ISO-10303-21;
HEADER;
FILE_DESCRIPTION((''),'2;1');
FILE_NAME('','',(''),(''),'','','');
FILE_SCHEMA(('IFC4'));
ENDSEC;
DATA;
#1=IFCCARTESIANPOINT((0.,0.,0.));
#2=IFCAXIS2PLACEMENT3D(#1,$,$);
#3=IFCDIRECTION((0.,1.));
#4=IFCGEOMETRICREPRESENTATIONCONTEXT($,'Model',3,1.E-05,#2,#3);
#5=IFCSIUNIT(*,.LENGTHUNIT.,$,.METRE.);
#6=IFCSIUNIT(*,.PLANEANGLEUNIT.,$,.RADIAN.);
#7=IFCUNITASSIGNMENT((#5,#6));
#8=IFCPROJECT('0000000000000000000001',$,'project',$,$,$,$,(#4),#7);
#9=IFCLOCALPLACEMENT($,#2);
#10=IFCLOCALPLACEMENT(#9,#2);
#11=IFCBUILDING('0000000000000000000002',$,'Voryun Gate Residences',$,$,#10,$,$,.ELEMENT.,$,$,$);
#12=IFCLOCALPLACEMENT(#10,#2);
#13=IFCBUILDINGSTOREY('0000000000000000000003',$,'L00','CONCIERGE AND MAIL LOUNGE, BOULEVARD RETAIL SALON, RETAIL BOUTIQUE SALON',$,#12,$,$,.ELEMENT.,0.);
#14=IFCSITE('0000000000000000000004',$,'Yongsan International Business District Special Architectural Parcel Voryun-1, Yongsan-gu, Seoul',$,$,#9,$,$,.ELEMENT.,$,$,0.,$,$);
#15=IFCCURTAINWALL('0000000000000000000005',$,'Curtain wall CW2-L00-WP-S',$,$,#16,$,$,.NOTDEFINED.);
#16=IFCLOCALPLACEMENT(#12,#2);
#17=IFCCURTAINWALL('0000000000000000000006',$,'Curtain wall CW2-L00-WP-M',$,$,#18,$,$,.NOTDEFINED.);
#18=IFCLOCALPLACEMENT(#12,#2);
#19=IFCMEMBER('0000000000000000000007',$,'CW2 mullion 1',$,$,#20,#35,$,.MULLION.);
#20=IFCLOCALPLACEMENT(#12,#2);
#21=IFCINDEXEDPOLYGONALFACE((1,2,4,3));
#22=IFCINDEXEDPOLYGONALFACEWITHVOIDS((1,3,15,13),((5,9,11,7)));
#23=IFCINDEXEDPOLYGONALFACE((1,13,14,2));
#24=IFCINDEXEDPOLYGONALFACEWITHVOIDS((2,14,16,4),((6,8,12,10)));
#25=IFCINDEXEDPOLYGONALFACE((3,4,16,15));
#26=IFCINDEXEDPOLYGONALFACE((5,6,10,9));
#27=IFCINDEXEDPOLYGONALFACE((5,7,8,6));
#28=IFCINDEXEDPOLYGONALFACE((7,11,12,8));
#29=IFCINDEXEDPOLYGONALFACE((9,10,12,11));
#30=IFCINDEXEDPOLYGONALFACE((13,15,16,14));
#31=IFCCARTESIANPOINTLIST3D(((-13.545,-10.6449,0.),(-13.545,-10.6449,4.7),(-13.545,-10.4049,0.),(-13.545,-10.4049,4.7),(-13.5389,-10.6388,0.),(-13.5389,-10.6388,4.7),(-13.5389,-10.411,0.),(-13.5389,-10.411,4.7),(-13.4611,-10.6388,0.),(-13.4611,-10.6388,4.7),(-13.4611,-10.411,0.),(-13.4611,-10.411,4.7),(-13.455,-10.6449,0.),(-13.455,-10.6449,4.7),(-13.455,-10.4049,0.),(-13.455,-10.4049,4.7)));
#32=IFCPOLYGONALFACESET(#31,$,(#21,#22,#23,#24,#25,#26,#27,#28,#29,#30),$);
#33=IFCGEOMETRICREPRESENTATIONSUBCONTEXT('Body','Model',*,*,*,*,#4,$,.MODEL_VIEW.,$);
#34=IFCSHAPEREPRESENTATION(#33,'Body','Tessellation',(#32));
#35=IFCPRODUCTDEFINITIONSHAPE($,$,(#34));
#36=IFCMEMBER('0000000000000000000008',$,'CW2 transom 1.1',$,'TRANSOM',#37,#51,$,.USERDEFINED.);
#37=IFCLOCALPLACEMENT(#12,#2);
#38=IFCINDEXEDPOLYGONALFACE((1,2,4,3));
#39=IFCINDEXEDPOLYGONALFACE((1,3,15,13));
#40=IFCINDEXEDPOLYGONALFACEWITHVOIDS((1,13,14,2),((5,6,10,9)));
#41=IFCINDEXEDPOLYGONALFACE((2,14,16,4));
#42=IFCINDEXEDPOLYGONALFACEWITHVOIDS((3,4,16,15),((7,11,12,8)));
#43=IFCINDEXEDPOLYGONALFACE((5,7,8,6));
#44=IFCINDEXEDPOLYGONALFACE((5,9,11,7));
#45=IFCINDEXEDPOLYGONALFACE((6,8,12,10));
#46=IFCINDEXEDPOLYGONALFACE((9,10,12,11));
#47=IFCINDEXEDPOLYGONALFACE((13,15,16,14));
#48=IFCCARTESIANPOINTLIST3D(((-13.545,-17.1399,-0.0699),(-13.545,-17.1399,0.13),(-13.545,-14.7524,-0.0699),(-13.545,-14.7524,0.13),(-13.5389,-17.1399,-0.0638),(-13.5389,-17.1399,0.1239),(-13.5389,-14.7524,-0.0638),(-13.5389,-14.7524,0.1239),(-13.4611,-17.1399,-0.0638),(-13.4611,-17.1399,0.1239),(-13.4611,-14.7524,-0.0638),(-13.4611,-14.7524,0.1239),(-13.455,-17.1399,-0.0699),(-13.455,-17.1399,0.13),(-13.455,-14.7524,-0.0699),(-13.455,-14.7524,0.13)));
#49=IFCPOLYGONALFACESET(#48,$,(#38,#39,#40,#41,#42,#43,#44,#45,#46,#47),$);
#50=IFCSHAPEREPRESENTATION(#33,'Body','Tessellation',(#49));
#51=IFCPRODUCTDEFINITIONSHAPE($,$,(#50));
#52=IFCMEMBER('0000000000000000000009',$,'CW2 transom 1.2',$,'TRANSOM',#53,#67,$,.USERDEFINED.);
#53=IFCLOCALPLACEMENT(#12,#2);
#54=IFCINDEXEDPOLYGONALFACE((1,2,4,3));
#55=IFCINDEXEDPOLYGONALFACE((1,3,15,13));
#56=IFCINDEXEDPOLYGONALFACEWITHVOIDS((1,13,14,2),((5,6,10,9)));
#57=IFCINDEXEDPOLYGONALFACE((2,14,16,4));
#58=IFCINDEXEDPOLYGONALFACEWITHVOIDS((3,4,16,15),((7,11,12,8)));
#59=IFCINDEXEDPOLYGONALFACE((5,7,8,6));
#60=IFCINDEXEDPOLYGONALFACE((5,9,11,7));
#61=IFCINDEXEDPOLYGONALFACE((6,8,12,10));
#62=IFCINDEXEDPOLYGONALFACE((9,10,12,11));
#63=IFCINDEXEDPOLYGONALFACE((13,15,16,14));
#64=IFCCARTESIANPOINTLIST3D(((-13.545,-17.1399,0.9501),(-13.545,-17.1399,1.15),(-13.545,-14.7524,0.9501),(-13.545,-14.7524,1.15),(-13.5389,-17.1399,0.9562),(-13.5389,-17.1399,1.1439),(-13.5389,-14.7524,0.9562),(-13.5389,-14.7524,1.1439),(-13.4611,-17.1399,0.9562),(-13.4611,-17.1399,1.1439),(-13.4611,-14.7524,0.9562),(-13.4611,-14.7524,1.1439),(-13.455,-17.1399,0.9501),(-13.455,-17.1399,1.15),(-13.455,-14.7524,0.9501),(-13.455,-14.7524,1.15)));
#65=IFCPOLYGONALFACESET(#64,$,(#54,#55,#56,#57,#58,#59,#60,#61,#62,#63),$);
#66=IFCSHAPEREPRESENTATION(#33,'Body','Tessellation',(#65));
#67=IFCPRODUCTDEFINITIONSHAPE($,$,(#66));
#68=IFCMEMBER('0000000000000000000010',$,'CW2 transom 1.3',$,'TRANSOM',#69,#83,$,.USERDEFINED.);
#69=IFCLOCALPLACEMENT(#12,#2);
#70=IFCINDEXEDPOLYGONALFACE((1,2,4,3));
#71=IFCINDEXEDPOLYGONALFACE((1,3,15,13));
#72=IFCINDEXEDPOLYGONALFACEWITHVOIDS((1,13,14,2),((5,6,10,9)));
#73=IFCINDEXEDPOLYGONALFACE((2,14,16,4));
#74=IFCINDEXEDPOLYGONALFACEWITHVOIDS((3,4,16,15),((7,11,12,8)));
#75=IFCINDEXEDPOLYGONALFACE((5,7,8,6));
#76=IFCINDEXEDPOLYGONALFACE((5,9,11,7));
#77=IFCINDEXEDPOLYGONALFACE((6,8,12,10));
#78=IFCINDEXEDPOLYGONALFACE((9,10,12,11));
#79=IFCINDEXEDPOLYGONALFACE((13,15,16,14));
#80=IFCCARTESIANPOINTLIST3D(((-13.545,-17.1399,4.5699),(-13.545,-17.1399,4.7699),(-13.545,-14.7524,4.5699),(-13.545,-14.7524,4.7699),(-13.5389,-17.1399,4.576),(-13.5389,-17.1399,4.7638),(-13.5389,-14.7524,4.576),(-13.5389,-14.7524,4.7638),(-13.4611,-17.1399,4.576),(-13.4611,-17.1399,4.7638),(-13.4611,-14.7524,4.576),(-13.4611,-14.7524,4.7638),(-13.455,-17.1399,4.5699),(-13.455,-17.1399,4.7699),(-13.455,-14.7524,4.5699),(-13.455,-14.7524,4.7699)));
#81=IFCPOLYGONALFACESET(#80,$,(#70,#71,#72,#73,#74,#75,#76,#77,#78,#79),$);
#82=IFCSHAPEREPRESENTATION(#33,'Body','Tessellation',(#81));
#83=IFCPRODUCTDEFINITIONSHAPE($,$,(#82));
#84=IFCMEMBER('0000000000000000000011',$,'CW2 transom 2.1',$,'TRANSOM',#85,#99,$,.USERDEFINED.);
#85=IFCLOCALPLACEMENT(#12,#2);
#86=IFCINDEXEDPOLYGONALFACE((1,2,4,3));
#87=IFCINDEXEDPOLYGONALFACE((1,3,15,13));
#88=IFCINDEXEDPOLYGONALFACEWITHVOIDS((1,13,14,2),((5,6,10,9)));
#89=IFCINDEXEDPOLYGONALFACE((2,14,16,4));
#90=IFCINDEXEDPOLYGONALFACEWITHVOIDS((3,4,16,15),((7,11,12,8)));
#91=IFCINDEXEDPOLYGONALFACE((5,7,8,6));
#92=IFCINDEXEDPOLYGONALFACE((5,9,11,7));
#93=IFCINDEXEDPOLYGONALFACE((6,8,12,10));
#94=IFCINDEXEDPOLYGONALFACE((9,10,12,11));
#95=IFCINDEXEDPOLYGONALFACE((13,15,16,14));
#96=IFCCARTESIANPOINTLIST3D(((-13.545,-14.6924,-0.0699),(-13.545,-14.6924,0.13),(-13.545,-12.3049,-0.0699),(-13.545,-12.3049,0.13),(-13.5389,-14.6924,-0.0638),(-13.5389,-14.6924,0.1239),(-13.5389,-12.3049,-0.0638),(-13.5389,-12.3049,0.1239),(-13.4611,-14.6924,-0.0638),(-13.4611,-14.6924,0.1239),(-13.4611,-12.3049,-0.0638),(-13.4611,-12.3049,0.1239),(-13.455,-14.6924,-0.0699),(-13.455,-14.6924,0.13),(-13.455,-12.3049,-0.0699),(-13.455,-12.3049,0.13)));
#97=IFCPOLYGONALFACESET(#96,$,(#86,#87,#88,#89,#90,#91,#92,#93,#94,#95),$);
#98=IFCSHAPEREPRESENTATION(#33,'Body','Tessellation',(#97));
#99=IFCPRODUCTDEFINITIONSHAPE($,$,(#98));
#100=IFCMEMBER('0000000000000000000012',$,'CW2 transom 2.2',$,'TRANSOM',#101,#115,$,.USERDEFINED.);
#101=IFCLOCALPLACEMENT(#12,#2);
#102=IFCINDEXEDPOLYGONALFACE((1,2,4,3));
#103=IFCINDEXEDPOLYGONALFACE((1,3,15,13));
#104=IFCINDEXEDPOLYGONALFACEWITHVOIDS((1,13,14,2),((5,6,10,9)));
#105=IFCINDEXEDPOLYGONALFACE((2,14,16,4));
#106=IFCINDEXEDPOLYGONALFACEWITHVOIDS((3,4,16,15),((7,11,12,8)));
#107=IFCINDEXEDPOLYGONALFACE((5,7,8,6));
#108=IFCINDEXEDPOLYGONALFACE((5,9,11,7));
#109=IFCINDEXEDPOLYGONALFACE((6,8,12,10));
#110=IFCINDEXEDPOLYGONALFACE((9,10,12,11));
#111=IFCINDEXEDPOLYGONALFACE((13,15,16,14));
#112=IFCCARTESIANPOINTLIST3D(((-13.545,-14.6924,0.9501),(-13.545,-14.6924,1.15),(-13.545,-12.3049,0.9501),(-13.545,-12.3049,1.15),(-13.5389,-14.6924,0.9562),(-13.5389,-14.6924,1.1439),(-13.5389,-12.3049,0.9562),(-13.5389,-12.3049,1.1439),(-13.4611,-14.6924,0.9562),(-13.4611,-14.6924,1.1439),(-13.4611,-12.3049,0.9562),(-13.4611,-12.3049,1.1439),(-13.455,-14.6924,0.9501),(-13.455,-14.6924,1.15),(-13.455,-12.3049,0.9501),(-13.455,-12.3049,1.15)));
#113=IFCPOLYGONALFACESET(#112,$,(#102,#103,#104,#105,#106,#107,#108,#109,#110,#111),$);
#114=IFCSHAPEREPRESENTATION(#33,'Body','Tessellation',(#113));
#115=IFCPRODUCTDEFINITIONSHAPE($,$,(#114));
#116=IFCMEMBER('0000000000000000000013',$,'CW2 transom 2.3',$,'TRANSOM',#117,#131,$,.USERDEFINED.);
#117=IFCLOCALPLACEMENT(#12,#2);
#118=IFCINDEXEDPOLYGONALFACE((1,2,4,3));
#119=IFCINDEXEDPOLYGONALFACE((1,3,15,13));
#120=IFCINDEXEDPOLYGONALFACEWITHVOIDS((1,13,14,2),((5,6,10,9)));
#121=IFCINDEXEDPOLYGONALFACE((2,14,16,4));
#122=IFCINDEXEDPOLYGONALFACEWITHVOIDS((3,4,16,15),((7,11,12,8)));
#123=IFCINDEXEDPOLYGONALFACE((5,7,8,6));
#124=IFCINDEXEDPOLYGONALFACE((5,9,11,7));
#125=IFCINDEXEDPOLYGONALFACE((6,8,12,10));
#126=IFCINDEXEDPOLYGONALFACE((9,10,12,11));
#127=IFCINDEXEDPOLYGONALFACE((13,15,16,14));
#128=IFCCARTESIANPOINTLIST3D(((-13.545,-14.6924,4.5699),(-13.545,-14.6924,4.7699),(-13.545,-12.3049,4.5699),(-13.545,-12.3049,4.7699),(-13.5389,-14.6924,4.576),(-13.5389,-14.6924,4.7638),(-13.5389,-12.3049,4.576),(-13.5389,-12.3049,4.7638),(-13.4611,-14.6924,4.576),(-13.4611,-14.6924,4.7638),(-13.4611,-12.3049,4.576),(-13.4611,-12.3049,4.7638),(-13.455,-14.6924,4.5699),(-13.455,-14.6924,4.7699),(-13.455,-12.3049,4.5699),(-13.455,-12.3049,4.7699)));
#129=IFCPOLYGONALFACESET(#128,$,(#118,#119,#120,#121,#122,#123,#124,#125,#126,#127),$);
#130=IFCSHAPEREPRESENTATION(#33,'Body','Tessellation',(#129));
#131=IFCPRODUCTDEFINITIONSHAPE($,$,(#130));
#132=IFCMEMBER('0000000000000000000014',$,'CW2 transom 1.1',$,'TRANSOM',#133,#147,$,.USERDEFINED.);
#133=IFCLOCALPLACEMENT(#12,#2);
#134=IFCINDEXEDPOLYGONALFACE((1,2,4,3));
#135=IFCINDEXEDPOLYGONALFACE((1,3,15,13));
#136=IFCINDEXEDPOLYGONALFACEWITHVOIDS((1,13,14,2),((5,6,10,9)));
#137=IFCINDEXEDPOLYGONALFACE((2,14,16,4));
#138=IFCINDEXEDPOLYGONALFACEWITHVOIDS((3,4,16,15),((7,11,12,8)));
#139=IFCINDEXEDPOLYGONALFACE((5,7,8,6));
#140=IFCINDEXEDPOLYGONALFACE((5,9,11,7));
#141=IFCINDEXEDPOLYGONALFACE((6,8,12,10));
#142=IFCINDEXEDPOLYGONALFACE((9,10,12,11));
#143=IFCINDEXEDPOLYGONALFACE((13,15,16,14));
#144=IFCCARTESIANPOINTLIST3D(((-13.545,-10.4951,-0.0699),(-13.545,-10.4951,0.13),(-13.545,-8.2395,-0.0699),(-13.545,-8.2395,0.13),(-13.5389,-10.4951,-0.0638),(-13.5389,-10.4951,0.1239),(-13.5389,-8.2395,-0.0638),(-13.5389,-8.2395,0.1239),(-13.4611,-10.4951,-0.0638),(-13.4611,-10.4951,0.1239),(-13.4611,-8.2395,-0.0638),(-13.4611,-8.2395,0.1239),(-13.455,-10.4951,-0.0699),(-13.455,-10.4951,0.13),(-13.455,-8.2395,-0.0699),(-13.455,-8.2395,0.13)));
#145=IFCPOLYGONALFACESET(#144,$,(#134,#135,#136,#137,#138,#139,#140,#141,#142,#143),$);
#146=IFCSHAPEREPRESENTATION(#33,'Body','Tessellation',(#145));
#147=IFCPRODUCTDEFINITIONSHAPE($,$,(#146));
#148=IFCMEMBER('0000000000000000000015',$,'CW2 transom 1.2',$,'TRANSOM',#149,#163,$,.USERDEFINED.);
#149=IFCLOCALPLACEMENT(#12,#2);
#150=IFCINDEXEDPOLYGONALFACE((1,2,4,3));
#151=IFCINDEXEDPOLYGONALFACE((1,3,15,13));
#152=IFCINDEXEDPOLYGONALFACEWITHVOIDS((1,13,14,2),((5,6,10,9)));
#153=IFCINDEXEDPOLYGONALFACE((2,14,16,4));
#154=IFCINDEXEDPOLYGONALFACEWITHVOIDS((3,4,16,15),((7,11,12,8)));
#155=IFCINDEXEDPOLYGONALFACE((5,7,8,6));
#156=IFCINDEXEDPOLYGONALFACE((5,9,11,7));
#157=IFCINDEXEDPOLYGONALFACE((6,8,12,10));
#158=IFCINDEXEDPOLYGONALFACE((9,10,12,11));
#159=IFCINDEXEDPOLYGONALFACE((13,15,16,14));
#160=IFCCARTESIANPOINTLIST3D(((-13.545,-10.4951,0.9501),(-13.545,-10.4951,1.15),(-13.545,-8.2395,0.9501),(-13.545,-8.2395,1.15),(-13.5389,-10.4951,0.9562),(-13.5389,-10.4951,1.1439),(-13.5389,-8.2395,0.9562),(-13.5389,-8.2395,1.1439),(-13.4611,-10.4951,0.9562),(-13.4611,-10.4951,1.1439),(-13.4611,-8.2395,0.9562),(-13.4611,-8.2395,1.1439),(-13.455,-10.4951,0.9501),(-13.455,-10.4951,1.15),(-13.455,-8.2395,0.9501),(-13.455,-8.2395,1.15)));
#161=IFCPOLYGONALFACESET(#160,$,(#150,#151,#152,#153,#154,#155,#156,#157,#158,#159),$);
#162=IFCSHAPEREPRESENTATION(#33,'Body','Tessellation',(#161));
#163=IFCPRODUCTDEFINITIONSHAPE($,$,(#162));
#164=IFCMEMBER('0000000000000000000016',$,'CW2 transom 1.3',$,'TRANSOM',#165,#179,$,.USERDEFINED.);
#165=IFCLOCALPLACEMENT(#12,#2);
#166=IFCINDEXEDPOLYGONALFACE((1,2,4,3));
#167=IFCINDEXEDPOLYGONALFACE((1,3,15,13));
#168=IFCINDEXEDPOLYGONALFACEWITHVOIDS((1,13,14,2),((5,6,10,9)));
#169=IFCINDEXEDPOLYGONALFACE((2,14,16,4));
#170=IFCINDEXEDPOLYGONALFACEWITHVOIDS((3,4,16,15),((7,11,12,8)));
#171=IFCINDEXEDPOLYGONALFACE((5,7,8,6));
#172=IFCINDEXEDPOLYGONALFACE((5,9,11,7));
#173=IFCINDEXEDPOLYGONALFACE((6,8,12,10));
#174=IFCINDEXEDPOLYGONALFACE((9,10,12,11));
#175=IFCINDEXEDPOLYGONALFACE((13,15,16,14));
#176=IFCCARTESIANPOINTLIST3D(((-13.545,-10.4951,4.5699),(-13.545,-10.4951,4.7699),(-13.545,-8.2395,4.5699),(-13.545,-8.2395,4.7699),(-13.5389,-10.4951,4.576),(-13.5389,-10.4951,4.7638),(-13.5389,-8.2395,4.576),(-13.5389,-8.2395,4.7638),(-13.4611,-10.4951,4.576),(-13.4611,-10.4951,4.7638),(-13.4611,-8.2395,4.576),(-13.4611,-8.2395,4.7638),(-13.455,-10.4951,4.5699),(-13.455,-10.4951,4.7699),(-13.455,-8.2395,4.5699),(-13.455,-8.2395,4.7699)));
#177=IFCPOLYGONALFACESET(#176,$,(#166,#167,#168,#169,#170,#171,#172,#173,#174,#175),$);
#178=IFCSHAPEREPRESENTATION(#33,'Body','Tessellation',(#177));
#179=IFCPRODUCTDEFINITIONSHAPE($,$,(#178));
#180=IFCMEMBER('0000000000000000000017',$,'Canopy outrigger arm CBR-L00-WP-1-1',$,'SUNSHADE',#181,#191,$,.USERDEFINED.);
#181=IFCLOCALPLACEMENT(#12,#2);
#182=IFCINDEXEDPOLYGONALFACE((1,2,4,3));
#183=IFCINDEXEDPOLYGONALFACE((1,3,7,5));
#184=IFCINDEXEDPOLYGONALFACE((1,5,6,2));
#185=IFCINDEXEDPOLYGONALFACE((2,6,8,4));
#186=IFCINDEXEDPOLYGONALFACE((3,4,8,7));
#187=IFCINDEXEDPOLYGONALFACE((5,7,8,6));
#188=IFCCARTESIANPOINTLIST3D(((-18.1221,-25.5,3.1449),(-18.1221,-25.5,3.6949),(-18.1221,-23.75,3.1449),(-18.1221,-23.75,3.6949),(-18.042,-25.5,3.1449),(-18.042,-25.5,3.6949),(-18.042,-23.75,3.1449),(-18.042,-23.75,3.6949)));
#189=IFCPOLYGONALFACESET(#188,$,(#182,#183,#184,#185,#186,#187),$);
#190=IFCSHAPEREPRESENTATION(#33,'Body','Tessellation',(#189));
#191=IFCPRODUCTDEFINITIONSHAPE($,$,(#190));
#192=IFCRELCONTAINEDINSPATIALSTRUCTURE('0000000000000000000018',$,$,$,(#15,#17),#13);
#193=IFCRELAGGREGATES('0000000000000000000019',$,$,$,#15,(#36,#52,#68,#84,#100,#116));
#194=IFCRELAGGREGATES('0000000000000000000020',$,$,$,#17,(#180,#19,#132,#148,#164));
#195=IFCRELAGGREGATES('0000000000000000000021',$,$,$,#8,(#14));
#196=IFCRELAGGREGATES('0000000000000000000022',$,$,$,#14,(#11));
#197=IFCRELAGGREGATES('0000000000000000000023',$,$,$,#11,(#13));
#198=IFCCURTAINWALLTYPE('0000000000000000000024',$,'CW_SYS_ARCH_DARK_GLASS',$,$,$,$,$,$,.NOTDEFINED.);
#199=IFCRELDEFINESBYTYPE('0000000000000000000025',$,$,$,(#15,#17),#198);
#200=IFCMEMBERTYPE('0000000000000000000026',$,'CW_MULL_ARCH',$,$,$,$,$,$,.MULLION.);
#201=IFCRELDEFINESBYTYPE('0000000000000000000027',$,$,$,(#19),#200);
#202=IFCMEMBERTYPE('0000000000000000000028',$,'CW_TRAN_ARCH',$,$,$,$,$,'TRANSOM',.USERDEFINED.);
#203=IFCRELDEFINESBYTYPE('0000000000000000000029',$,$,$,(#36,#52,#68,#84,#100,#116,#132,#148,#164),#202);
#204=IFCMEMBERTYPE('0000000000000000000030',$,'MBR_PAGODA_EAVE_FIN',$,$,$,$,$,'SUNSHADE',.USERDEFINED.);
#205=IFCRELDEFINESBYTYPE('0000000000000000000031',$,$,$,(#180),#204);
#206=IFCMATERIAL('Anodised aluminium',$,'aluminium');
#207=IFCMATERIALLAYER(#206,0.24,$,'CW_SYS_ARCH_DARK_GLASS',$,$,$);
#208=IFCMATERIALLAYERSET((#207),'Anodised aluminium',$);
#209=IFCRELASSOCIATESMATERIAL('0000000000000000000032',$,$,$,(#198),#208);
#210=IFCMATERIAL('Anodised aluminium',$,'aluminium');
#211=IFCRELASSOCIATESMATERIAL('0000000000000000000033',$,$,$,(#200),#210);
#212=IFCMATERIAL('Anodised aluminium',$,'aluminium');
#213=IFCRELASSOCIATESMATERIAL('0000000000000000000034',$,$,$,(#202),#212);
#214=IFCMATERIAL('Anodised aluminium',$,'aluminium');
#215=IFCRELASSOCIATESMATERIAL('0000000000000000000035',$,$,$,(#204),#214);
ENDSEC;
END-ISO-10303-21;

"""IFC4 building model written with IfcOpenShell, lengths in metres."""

from ifc_helpers import new_model, si_unit, direction, frame, origin, origin_2d, place, context, subcontext, project, spatial, rectangle, hollow_rectangle, extrude, material, layer, layer_set, material_profile, profile_set, type_object, element, aggregate, save


model = new_model("IFC4")

# Units and contexts
model_context = context("Model", 3, precision=1e-05, world=origin(), true_north=direction((0.0, 1.0)))
body_context = subcontext(model_context, "Body", "Model", "MODEL_VIEW")
ifc_project = project(units=[si_unit("LENGTHUNIT", "METRE"), si_unit("PLANEANGLEUNIT", "RADIAN")], contexts=[model_context])

# Site, building, storey
site_placement = place(None, origin())
site = spatial("IfcSite", under=ifc_project, at=site_placement, Name="Yongsan International Business District Special Architectural Parcel Voryun-1, Yongsan-gu, Seoul", CompositionType="ELEMENT", RefElevation=0.0)
building_placement = place(site_placement, origin())
building = spatial("IfcBuilding", under=site, at=building_placement, Name="Voryun Gate Residences", CompositionType="ELEMENT")
storey_placement = place(building_placement, origin())
storey = spatial("IfcBuildingStorey", under=building, at=storey_placement, Name="L00", Description="CONCIERGE AND MAIL LOUNGE, BOULEVARD RETAIL SALON, RETAIL BOUTIQUE SALON", CompositionType="ELEMENT", Elevation=0.0)

# Curtain wall
ifc_material_1 = material(Name="Anodised aluminium", Category="aluminium")
ifc_layer_1 = layer(ifc_material_1, 0.24, Name="CW_SYS_ARCH_DARK_GLASS")
ifc_layer_set_1 = layer_set([ifc_layer_1], Name="Anodised aluminium")
curtain_wall_type = type_object("IfcCurtainWallType", Name="CW_SYS_ARCH_DARK_GLASS", PredefinedType="NOTDEFINED", material=ifc_layer_set_1)
curtain_wall_1_placement = place(storey_placement, origin())
curtain_wall_1 = element("IfcCurtainWall", 1, at=curtain_wall_1_placement, inside=storey, type_object=curtain_wall_type, Name="Curtain wall CW2-L00-WP-S", PredefinedType="NOTDEFINED")
ifc_material_2 = material(Name="Anodised aluminium", Category="aluminium")
ifc_material_profile_1 = material_profile(ifc_material_2, hollow_rectangle(XDim=0.0901, YDim=0.24, WallThickness=0.0061, at=origin_2d()), Name="ALU-MULL-240x90x6")
ifc_profile_set_1 = profile_set([ifc_material_profile_1], Name="Anodised aluminium")
member_type_1 = type_object("IfcMemberType", Name="CW_MULL_ARCH", PredefinedType="MULLION", material=ifc_profile_set_1)

# Curtain wall, member
curtain_wall_2_placement = place(storey_placement, origin())
curtain_wall_2 = element("IfcCurtainWall", 2, at=curtain_wall_2_placement, inside=storey, type_object=curtain_wall_type, Name="Curtain wall CW2-L00-WP-M", PredefinedType="NOTDEFINED")
member_1_placement = place(storey_placement, frame((-13.5, -10.5249, 0.0), z_axis=(0.0, 0.0, 1.0), x_axis=(-1.0, 0.0, 0.0)))
member_1 = element("IfcMember", 3, at=member_1_placement, type_object=member_type_1, Name="CW2 mullion 1", PredefinedType="MULLION", context=body_context, shape_type="SweptSolid", body=[
    extrude(hollow_rectangle(XDim=0.0901, YDim=0.24, WallThickness=0.0061, at=origin_2d()), origin(), (0.0, 0.0, 1.0), 4.7),
])

# Members
ifc_material_3 = material(Name="Anodised aluminium", Category="aluminium")
ifc_material_profile_2 = material_profile(ifc_material_3, hollow_rectangle(XDim=0.0901, YDim=0.2, WallThickness=0.0061, at=origin_2d()), Name="ALU-TRAN-200x90x6")
ifc_profile_set_2 = profile_set([ifc_material_profile_2], Name="Anodised aluminium")
member_type_2 = type_object("IfcMemberType", Name="CW_TRAN_ARCH", ElementType="TRANSOM", PredefinedType="USERDEFINED", material=ifc_profile_set_2)
member_2_placement = place(storey_placement, frame((-13.5, -17.1399, 0.03), z_axis=(0.0, 1.0, 0.0), x_axis=(-1.0, 0.0, 0.0)))
member_2 = element("IfcMember", 4, at=member_2_placement, type_object=member_type_2, Name="CW2 transom 1.1", ObjectType="TRANSOM", PredefinedType="USERDEFINED", context=body_context, shape_type="SweptSolid", body=[
    extrude(hollow_rectangle(XDim=0.0901, YDim=0.2, WallThickness=0.0061, at=origin_2d()), origin(), (0.0, 0.0, 1.0), 2.3875),
])
member_3_placement = place(storey_placement, frame((-13.5, -17.1399, 1.05), z_axis=(0.0, 1.0, 0.0), x_axis=(-1.0, 0.0, 0.0)))
member_3 = element("IfcMember", 5, at=member_3_placement, type_object=member_type_2, Name="CW2 transom 1.2", ObjectType="TRANSOM", PredefinedType="USERDEFINED", context=body_context, shape_type="SweptSolid", body=[
    extrude(hollow_rectangle(XDim=0.0901, YDim=0.2, WallThickness=0.0061, at=origin_2d()), origin(), (0.0, 0.0, 1.0), 2.3875),
])
member_4_placement = place(storey_placement, frame((-13.5, -17.1399, 4.6699), z_axis=(0.0, 1.0, 0.0), x_axis=(-1.0, 0.0, 0.0)))
member_4 = element("IfcMember", 6, at=member_4_placement, type_object=member_type_2, Name="CW2 transom 1.3", ObjectType="TRANSOM", PredefinedType="USERDEFINED", context=body_context, shape_type="SweptSolid", body=[
    extrude(hollow_rectangle(XDim=0.0901, YDim=0.2, WallThickness=0.0061, at=origin_2d()), origin(), (0.0, 0.0, 1.0), 2.3875),
])
member_5_placement = place(storey_placement, frame((-13.5, -14.6924, 0.03), z_axis=(0.0, 1.0, 0.0), x_axis=(-1.0, 0.0, 0.0)))
member_5 = element("IfcMember", 7, at=member_5_placement, type_object=member_type_2, Name="CW2 transom 2.1", ObjectType="TRANSOM", PredefinedType="USERDEFINED", context=body_context, shape_type="SweptSolid", body=[
    extrude(hollow_rectangle(XDim=0.0901, YDim=0.2, WallThickness=0.0061, at=origin_2d()), origin(), (0.0, 0.0, 1.0), 2.3875),
])
member_6_placement = place(storey_placement, frame((-13.5, -14.6924, 1.05), z_axis=(0.0, 1.0, 0.0), x_axis=(-1.0, 0.0, 0.0)))
member_6 = element("IfcMember", 8, at=member_6_placement, type_object=member_type_2, Name="CW2 transom 2.2", ObjectType="TRANSOM", PredefinedType="USERDEFINED", context=body_context, shape_type="SweptSolid", body=[
    extrude(hollow_rectangle(XDim=0.0901, YDim=0.2, WallThickness=0.0061, at=origin_2d()), origin(), (0.0, 0.0, 1.0), 2.3875),
])
member_7_placement = place(storey_placement, frame((-13.5, -14.6924, 4.6699), z_axis=(0.0, 1.0, 0.0), x_axis=(-1.0, 0.0, 0.0)))
member_7 = element("IfcMember", 9, at=member_7_placement, type_object=member_type_2, Name="CW2 transom 2.3", ObjectType="TRANSOM", PredefinedType="USERDEFINED", context=body_context, shape_type="SweptSolid", body=[
    extrude(hollow_rectangle(XDim=0.0901, YDim=0.2, WallThickness=0.0061, at=origin_2d()), origin(), (0.0, 0.0, 1.0), 2.3875),
])
member_8_placement = place(storey_placement, frame((-13.5, -10.4951, 0.03), z_axis=(0.0, 1.0, 0.0), x_axis=(-1.0, 0.0, 0.0)))
member_8 = element("IfcMember", 10, at=member_8_placement, type_object=member_type_2, Name="CW2 transom 1.1", ObjectType="TRANSOM", PredefinedType="USERDEFINED", context=body_context, shape_type="SweptSolid", body=[
    extrude(hollow_rectangle(XDim=0.0901, YDim=0.2, WallThickness=0.0061, at=origin_2d()), origin(), (0.0, 0.0, 1.0), 2.2556),
])
member_9_placement = place(storey_placement, frame((-13.5, -10.4951, 1.05), z_axis=(0.0, 1.0, 0.0), x_axis=(-1.0, 0.0, 0.0)))
member_9 = element("IfcMember", 11, at=member_9_placement, type_object=member_type_2, Name="CW2 transom 1.2", ObjectType="TRANSOM", PredefinedType="USERDEFINED", context=body_context, shape_type="SweptSolid", body=[
    extrude(hollow_rectangle(XDim=0.0901, YDim=0.2, WallThickness=0.0061, at=origin_2d()), origin(), (0.0, 0.0, 1.0), 2.2556),
])
member_10_placement = place(storey_placement, frame((-13.5, -10.4951, 4.6699), z_axis=(0.0, 1.0, 0.0), x_axis=(-1.0, 0.0, 0.0)))
member_10 = element("IfcMember", 12, at=member_10_placement, type_object=member_type_2, Name="CW2 transom 1.3", ObjectType="TRANSOM", PredefinedType="USERDEFINED", context=body_context, shape_type="SweptSolid", body=[
    extrude(hollow_rectangle(XDim=0.0901, YDim=0.2, WallThickness=0.0061, at=origin_2d()), origin(), (0.0, 0.0, 1.0), 2.2556),
])
ifc_material_4 = material(Name="Anodised aluminium", Category="aluminium")
ifc_material_profile_3 = material_profile(ifc_material_4, rectangle(XDim=0.0801, YDim=0.55, at=origin_2d()), Name="ALU-EAVE-80x550")
ifc_profile_set_3 = profile_set([ifc_material_profile_3], Name="Anodised aluminium")
member_type_3 = type_object("IfcMemberType", Name="MBR_PAGODA_EAVE_FIN", ElementType="SUNSHADE", PredefinedType="USERDEFINED", material=ifc_profile_set_3)
member_11_placement = place(storey_placement, frame((-18.082, -23.75, 3.4199), z_axis=(0.0, -1.0, 0.0), x_axis=(1.0, 0.0, 0.0)))
member_11 = element("IfcMember", 13, at=member_11_placement, type_object=member_type_3, Name="Canopy outrigger arm CBR-L00-WP-1-1", ObjectType="SUNSHADE", PredefinedType="USERDEFINED", context=body_context, shape_type="SweptSolid", body=[
    extrude(rectangle(XDim=0.0801, YDim=0.55, at=origin_2d()), origin(), (0.0, 0.0, 1.0), 1.75),
])

aggregate(curtain_wall_1, [member_2, member_3, member_4, member_5, member_6, member_7])
aggregate(curtain_wall_2, [member_11, member_1, member_8, member_9, member_10])

save(model, "model.ifc")
